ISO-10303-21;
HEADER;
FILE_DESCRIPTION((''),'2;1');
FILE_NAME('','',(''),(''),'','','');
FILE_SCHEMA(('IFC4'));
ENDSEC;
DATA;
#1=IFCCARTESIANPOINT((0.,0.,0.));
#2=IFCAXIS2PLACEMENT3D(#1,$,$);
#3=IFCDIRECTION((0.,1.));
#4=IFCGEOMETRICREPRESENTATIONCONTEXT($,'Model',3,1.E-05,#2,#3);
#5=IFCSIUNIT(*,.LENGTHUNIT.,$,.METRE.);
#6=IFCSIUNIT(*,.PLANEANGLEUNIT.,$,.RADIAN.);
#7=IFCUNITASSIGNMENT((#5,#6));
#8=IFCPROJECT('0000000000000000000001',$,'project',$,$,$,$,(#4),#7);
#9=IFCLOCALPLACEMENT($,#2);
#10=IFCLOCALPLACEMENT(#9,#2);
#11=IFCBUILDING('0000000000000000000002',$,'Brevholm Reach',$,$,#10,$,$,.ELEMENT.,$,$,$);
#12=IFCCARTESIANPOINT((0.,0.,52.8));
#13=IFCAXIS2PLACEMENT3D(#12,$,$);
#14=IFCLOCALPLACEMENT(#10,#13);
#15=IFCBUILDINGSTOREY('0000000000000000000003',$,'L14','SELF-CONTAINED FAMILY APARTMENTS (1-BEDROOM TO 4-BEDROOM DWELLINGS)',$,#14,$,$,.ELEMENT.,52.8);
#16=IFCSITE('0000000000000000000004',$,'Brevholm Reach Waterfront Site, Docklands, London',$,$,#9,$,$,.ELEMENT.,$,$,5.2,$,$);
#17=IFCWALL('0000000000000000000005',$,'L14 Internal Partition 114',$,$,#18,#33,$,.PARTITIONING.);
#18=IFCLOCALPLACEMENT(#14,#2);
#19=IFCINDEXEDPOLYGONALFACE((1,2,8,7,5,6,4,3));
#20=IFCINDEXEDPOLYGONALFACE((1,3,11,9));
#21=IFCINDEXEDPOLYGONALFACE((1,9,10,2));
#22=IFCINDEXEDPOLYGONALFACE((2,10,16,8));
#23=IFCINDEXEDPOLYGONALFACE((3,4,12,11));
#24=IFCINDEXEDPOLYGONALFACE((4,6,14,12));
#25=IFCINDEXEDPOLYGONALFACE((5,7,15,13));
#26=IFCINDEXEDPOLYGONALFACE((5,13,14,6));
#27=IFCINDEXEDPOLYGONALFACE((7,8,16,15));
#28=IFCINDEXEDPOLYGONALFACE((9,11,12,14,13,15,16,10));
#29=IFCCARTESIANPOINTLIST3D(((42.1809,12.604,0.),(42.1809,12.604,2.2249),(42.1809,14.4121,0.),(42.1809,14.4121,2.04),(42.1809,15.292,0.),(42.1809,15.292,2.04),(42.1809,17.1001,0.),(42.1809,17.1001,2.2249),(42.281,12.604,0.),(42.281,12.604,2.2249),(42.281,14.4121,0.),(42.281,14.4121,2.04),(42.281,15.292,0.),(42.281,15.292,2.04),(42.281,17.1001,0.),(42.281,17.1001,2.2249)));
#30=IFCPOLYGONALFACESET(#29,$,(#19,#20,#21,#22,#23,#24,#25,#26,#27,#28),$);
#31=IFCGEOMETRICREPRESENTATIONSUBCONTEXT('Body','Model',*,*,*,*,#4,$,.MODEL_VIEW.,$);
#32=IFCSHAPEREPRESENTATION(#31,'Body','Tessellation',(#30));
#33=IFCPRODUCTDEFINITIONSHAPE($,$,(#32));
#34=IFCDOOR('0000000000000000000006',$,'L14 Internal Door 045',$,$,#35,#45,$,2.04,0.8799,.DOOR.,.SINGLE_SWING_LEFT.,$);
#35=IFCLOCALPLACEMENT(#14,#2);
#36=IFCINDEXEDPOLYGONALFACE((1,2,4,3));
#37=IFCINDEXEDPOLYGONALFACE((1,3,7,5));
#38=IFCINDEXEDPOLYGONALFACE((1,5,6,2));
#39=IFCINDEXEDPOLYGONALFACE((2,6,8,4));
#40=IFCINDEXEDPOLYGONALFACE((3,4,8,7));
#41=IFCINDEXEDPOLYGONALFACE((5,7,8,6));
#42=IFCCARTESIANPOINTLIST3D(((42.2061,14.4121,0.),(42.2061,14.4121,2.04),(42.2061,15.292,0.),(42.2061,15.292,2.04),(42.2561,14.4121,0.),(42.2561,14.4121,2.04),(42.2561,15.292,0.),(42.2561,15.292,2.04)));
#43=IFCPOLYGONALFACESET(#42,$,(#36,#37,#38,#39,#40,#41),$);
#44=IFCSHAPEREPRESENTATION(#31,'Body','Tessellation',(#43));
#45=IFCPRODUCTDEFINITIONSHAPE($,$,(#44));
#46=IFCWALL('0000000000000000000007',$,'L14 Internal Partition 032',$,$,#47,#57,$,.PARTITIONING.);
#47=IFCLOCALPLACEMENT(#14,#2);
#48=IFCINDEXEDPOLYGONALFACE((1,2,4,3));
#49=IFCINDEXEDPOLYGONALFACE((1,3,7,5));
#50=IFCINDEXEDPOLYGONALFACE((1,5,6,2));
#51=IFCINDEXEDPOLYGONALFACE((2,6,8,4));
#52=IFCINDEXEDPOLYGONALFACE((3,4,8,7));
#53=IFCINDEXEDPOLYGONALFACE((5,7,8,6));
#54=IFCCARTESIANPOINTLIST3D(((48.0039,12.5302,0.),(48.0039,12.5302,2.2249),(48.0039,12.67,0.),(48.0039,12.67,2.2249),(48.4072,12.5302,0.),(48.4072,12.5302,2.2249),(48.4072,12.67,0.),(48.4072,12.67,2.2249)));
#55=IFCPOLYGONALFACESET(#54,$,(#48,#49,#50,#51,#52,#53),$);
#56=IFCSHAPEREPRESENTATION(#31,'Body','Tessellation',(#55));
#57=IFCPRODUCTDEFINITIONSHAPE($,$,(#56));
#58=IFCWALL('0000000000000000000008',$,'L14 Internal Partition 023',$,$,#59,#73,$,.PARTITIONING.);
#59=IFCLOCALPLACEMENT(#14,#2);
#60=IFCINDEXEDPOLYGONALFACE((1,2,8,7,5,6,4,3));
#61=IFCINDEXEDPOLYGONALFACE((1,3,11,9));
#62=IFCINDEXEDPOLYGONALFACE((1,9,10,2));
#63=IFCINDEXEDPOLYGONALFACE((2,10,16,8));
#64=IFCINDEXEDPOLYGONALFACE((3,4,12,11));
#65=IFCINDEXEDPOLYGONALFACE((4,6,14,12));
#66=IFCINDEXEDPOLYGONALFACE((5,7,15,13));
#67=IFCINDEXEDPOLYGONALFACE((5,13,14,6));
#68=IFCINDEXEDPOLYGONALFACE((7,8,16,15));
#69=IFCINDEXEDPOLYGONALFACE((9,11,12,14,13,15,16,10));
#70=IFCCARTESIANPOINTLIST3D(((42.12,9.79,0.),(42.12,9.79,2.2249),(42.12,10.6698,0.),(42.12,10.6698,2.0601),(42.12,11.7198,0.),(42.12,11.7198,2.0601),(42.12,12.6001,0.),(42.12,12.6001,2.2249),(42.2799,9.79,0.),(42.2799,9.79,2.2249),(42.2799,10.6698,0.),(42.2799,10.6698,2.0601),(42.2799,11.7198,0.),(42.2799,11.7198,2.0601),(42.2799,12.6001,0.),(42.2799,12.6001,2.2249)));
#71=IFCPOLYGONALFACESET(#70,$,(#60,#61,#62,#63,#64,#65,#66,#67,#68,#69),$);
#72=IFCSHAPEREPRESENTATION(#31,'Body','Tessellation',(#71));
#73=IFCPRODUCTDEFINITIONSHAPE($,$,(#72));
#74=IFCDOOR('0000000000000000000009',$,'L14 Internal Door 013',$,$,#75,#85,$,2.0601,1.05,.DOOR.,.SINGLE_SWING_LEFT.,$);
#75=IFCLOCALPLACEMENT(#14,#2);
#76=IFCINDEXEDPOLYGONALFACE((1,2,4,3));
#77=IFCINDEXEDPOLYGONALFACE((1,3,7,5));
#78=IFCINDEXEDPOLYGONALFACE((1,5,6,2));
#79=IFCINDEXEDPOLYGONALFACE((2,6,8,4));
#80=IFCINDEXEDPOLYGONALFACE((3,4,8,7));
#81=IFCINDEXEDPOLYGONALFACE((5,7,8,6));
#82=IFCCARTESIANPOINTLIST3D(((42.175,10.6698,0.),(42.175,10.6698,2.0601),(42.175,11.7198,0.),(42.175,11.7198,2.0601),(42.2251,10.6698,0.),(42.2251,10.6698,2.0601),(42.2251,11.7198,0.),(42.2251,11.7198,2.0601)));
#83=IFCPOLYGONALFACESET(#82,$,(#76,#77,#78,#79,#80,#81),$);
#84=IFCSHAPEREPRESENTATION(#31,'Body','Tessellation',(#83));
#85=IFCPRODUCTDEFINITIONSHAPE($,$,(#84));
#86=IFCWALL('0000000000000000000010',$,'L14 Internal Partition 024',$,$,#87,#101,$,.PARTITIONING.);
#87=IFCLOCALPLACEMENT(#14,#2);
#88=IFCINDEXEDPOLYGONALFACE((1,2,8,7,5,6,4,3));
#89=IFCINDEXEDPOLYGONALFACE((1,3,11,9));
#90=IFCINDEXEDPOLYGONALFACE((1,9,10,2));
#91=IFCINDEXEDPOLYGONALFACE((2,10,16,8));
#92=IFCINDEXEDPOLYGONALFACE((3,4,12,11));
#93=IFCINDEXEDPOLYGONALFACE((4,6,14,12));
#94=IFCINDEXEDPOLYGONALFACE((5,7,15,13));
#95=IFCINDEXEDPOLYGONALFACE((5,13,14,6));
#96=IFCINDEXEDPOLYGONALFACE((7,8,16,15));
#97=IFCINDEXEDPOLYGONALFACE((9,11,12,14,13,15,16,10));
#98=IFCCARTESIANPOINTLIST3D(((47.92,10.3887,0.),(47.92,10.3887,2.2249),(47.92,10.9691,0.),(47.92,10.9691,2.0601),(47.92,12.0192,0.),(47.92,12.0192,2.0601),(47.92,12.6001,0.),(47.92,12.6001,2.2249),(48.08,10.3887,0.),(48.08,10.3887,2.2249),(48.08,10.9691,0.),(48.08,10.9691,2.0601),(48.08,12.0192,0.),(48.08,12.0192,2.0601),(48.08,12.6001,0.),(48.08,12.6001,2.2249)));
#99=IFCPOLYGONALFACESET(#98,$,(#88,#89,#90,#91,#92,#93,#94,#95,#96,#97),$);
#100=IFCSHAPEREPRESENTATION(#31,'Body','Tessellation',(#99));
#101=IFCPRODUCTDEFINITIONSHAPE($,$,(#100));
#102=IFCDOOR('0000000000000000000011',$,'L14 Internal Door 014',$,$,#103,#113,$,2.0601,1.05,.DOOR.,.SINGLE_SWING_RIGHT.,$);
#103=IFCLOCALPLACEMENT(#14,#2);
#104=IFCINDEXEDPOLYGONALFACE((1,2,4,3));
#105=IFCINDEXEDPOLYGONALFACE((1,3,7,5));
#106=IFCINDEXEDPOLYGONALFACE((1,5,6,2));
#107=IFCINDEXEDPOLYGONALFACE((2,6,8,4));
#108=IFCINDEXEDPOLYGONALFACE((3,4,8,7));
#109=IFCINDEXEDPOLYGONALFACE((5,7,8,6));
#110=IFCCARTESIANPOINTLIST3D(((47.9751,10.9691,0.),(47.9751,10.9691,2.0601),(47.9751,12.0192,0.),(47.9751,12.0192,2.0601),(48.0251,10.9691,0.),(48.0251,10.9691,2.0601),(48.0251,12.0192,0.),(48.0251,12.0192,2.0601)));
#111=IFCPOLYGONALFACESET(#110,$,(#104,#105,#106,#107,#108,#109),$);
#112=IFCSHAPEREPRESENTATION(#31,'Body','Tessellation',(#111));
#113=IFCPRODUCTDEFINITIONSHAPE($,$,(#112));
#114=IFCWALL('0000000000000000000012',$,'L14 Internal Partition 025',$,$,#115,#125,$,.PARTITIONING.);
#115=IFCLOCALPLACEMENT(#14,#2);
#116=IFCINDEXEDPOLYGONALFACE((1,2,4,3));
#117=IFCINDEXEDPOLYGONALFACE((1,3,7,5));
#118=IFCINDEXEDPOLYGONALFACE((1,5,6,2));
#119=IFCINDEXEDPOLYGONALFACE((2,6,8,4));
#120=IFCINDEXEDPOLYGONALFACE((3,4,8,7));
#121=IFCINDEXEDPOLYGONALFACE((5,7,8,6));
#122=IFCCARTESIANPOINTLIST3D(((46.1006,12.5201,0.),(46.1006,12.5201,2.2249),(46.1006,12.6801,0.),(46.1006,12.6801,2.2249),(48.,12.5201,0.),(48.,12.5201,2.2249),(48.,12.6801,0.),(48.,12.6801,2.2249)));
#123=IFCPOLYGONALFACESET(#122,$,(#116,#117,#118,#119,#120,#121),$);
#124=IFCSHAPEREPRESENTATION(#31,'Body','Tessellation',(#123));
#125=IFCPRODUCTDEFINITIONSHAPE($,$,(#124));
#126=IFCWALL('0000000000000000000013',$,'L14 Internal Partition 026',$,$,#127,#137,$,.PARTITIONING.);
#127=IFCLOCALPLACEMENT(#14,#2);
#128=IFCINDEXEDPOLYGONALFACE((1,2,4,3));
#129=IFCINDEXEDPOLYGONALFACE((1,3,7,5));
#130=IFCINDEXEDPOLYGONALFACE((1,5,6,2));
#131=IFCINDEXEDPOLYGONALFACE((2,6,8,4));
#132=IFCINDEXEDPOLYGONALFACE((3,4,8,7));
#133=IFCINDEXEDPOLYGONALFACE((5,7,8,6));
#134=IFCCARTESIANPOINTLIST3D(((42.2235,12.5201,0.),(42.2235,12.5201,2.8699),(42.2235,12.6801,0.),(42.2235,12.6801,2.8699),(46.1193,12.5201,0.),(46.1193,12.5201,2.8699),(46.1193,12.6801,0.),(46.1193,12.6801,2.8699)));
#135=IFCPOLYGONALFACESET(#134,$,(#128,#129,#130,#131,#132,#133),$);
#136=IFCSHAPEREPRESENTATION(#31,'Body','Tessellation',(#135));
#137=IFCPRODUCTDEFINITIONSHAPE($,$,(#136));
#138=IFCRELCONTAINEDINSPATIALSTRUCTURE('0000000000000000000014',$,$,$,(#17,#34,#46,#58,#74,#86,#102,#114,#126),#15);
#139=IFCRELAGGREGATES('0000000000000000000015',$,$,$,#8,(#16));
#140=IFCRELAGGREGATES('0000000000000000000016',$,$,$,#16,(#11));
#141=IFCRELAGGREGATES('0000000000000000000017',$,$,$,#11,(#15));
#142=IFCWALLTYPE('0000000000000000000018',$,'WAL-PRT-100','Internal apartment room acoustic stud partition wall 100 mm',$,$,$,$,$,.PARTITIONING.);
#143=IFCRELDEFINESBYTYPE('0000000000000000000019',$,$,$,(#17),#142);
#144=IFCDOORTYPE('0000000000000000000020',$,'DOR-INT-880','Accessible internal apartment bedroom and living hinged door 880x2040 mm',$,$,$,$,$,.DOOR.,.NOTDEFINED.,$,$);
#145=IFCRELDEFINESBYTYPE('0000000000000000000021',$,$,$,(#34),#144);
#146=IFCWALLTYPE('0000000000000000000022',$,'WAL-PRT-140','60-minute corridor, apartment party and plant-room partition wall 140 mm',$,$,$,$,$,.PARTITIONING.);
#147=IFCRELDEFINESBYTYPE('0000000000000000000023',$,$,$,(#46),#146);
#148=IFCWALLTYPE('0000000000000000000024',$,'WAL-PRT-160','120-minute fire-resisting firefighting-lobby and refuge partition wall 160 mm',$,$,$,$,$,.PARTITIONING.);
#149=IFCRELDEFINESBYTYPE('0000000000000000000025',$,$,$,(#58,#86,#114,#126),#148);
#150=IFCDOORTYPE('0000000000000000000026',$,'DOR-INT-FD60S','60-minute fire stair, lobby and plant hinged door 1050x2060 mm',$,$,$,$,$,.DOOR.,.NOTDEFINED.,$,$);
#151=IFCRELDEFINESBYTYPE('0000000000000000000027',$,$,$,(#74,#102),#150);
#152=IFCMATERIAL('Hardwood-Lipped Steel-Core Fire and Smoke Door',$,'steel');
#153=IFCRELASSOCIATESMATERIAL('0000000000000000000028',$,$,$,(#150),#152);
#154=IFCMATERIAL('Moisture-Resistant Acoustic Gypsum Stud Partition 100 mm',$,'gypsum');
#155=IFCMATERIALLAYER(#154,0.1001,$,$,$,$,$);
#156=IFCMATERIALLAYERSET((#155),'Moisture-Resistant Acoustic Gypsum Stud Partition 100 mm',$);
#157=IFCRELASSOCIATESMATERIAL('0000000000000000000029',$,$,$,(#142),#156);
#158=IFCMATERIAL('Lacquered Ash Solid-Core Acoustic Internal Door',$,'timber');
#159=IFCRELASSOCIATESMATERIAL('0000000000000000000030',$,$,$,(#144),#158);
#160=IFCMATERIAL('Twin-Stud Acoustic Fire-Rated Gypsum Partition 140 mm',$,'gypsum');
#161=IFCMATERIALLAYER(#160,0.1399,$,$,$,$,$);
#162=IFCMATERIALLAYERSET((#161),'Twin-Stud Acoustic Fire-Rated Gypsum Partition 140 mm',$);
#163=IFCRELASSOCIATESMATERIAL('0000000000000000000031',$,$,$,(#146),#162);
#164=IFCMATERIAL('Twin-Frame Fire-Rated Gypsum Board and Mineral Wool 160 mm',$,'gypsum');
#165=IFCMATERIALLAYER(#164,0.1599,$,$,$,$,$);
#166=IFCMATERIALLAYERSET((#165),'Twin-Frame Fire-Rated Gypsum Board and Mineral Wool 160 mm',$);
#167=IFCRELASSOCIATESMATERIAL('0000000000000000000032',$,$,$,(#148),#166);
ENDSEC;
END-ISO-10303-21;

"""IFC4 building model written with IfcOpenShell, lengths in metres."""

from ifc_helpers import new_model, si_unit, direction, frame, frame_2d, origin, place, context, subcontext, project, spatial, rectangle, extrude, material, layer, layer_set, type_object, element, fill, save


model = new_model("IFC4")

# Units and contexts
model_context = context("Model", 3, precision=1e-05, world=origin(), true_north=direction((0.0, 1.0)))
body_context = subcontext(model_context, "Body", "Model", "MODEL_VIEW")
ifc_project = project(units=[si_unit("LENGTHUNIT", "METRE"), si_unit("PLANEANGLEUNIT", "RADIAN")], contexts=[model_context])

# Site, building, storey
site_placement = place(None, origin())
site = spatial("IfcSite", under=ifc_project, at=site_placement, Name="Brevholm Reach Waterfront Site, Docklands, London", CompositionType="ELEMENT", RefElevation=5.2)
building_placement = place(site_placement, origin())
building = spatial("IfcBuilding", under=site, at=building_placement, Name="Brevholm Reach", CompositionType="ELEMENT")
storey_placement = place(building_placement, frame((0.0, 0.0, 52.8)))
storey = spatial("IfcBuildingStorey", under=building, at=storey_placement, Name="L14", Description="SELF-CONTAINED FAMILY APARTMENTS (1-BEDROOM TO 4-BEDROOM DWELLINGS)", CompositionType="ELEMENT", Elevation=52.8)

# Shared definitions
ifc_material_1 = material(Name="Hardwood-Lipped Steel-Core Fire and Smoke Door", Category="steel")
door_type_1 = type_object("IfcDoorType", Name="DOR-INT-FD60S", Description="60-minute fire stair, lobby and plant hinged door 1050x2060 mm", OperationType="NOTDEFINED", PredefinedType="DOOR", material=ifc_material_1)

# Shared definitions
ifc_material_2 = material(Name="Moisture-Resistant Acoustic Gypsum Stud Partition 100 mm", Category="gypsum")
ifc_layer_1 = layer(ifc_material_2, 0.1001)
ifc_layer_set_1 = layer_set([ifc_layer_1], Name="Moisture-Resistant Acoustic Gypsum Stud Partition 100 mm")
wall_type_1 = type_object("IfcWallType", Name="WAL-PRT-100", Description="Internal apartment room acoustic stud partition wall 100 mm", PredefinedType="PARTITIONING", material=ifc_layer_set_1)

# Wall, opening, door
wall_1_placement = place(storey_placement, frame((42.231, 12.604, 0.0), z_axis=(0.0, 0.0, 1.0), x_axis=(0.0, 1.0, 0.0)))
wall_1 = element("IfcWall", 1, at=wall_1_placement, inside=storey, type_object=wall_type_1, Name="L14 Internal Partition 114", PredefinedType="PARTITIONING", context=body_context, shape_type="SweptSolid", body=[
    extrude(rectangle(XDim=4.4961, YDim=0.1001, at=frame_2d((2.248, 0.0))), origin(), (0.0, 0.0, 1.0), 2.2249),
])
opening_1_placement = place(wall_1_placement, frame((1.8081, 0.0, 0.0)))
opening_1 = element("IfcOpeningElement", 2, at=opening_1_placement, cuts=wall_1, PredefinedType="OPENING", context=body_context, shape_type="SweptSolid", body=[
    extrude(rectangle(XDim=0.8799, YDim=2.04, at=frame_2d((0.4399, 1.02))), frame((0.0, 0.0601, 0.0), z_axis=(0.0, -1.0, 0.0), x_axis=(1.0, 0.0, 0.0)), (0.0, 0.0, 1.0), 0.1201),
])
ifc_material_3 = material(Name="Lacquered Ash Solid-Core Acoustic Internal Door", Category="timber")
door_type_2 = type_object("IfcDoorType", Name="DOR-INT-880", Description="Accessible internal apartment bedroom and living hinged door 880x2040 mm", OperationType="NOTDEFINED", PredefinedType="DOOR", material=ifc_material_3)
door_1_placement = place(opening_1_placement, origin())
door_1 = element("IfcDoor", 3, at=door_1_placement, inside=storey, type_object=door_type_2, Name="L14 Internal Door 045", OperationType="SINGLE_SWING_LEFT", OverallHeight=2.04, OverallWidth=0.8799, PredefinedType="DOOR", context=body_context, shape_type="SweptSolid", body=[
    extrude(rectangle(XDim=0.8799, YDim=2.04, at=frame_2d((0.4399, 1.02))), frame((0.0, 0.0249, 0.0), z_axis=(0.0, -1.0, 0.0), x_axis=(1.0, 0.0, 0.0)), (0.0, 0.0, 1.0), 0.05),
])
fill(opening_1, door_1)

# Wall
ifc_material_4 = material(Name="Twin-Stud Acoustic Fire-Rated Gypsum Partition 140 mm", Category="gypsum")
ifc_layer_2 = layer(ifc_material_4, 0.1399)
ifc_layer_set_2 = layer_set([ifc_layer_2], Name="Twin-Stud Acoustic Fire-Rated Gypsum Partition 140 mm")
wall_type_2 = type_object("IfcWallType", Name="WAL-PRT-140", Description="60-minute corridor, apartment party and plant-room partition wall 140 mm", PredefinedType="PARTITIONING", material=ifc_layer_set_2)
wall_2_placement = place(storey_placement, frame((48.0039, 12.6001, 0.0), z_axis=(0.0, 0.0, 1.0), x_axis=(1.0, 0.0, 0.0)))
element("IfcWall", 4, at=wall_2_placement, inside=storey, type_object=wall_type_2, Name="L14 Internal Partition 032", PredefinedType="PARTITIONING", context=body_context, shape_type="SweptSolid", body=[
    extrude(rectangle(XDim=0.4033, YDim=0.1399, at=frame_2d((0.2017, 0.0))), origin(), (0.0, 0.0, 1.0), 2.2249),
])

# Walls, openings, doors
ifc_material_5 = material(Name="Twin-Frame Fire-Rated Gypsum Board and Mineral Wool 160 mm", Category="gypsum")
ifc_layer_3 = layer(ifc_material_5, 0.1599)
ifc_layer_set_3 = layer_set([ifc_layer_3], Name="Twin-Frame Fire-Rated Gypsum Board and Mineral Wool 160 mm")
wall_type_3 = type_object("IfcWallType", Name="WAL-PRT-160", Description="120-minute fire-resisting firefighting-lobby and refuge partition wall 160 mm", PredefinedType="PARTITIONING", material=ifc_layer_set_3)
wall_3_placement = place(storey_placement, frame((42.2, 9.79, 0.0), z_axis=(0.0, 0.0, 1.0), x_axis=(0.0, 1.0, 0.0)))
wall_3 = element("IfcWall", 5, at=wall_3_placement, inside=storey, type_object=wall_type_3, Name="L14 Internal Partition 023", PredefinedType="PARTITIONING", context=body_context, shape_type="SweptSolid", body=[
    extrude(rectangle(XDim=2.8101, YDim=0.1599, at=frame_2d((1.405, 0.0))), origin(), (0.0, 0.0, 1.0), 2.2249),
])
opening_2_placement = place(wall_3_placement, frame((0.8799, 0.0, 0.0)))
opening_2 = element("IfcOpeningElement", 6, at=opening_2_placement, cuts=wall_3, PredefinedType="OPENING", context=body_context, shape_type="SweptSolid", body=[
    extrude(rectangle(XDim=1.05, YDim=2.0601, at=frame_2d((0.5249, 1.03))), frame((0.0, 0.0898, 0.0), z_axis=(0.0, -1.0, 0.0), x_axis=(1.0, 0.0, 0.0)), (0.0, 0.0, 1.0), 0.1799),
])
door_2_placement = place(opening_2_placement, origin())
door_2 = element("IfcDoor", 7, at=door_2_placement, inside=storey, type_object=door_type_1, Name="L14 Internal Door 013", OperationType="SINGLE_SWING_LEFT", OverallHeight=2.0601, OverallWidth=1.05, PredefinedType="DOOR", context=body_context, shape_type="SweptSolid", body=[
    extrude(rectangle(XDim=1.05, YDim=2.0601, at=frame_2d((0.5249, 1.03))), frame((0.0, 0.0249, 0.0), z_axis=(0.0, -1.0, 0.0), x_axis=(1.0, 0.0, 0.0)), (0.0, 0.0, 1.0), 0.05),
])
fill(opening_2, door_2)
wall_4_placement = place(storey_placement, frame((48.0, 10.3887, 0.0), z_axis=(0.0, 0.0, 1.0), x_axis=(0.0, 1.0, 0.0)))
wall_4 = element("IfcWall", 8, at=wall_4_placement, inside=storey, type_object=wall_type_3, Name="L14 Internal Partition 024", PredefinedType="PARTITIONING", context=body_context, shape_type="SweptSolid", body=[
    extrude(rectangle(XDim=2.2114, YDim=0.1599, at=frame_2d((1.1057, 0.0))), origin(), (0.0, 0.0, 1.0), 2.2249),
])
opening_3_placement = place(wall_4_placement, frame((0.5806, 0.0, 0.0)))
opening_3 = element("IfcOpeningElement", 9, at=opening_3_placement, cuts=wall_4, PredefinedType="OPENING", context=body_context, shape_type="SweptSolid", body=[
    extrude(rectangle(XDim=1.05, YDim=2.0601, at=frame_2d((0.5249, 1.03))), frame((0.0, 0.0898, 0.0), z_axis=(0.0, -1.0, 0.0), x_axis=(1.0, 0.0, 0.0)), (0.0, 0.0, 1.0), 0.1799),
])
door_3_placement = place(opening_3_placement, origin())
door_3 = element("IfcDoor", 10, at=door_3_placement, inside=storey, type_object=door_type_1, Name="L14 Internal Door 014", OperationType="SINGLE_SWING_RIGHT", OverallHeight=2.0601, OverallWidth=1.05, PredefinedType="DOOR", context=body_context, shape_type="SweptSolid", body=[
    extrude(rectangle(XDim=1.05, YDim=2.0601, at=frame_2d((0.5249, 1.03))), frame((0.0, 0.0249, 0.0), z_axis=(0.0, -1.0, 0.0), x_axis=(1.0, 0.0, 0.0)), (0.0, 0.0, 1.0), 0.05),
])
fill(opening_3, door_3)

# Walls
wall_5_placement = place(storey_placement, frame((46.1006, 12.6001, 0.0), z_axis=(0.0, 0.0, 1.0), x_axis=(1.0, 0.0, 0.0)))
element("IfcWall", 11, at=wall_5_placement, inside=storey, type_object=wall_type_3, Name="L14 Internal Partition 025", PredefinedType="PARTITIONING", context=body_context, shape_type="SweptSolid", body=[
    extrude(rectangle(XDim=1.8994, YDim=0.1599, at=frame_2d((0.9497, 0.0))), origin(), (0.0, 0.0, 1.0), 2.2249),
])
wall_6_placement = place(storey_placement, frame((42.2236, 12.6001, 0.0), z_axis=(0.0, 0.0, 1.0), x_axis=(1.0, 0.0, 0.0)))
element("IfcWall", 12, at=wall_6_placement, inside=storey, type_object=wall_type_3, Name="L14 Internal Partition 026", PredefinedType="PARTITIONING", context=body_context, shape_type="SweptSolid", body=[
    extrude(rectangle(XDim=3.8958, YDim=0.1599, at=frame_2d((1.9478, 0.0))), origin(), (0.0, 0.0, 1.0), 2.8699),
])

save(model, "model.ifc")
